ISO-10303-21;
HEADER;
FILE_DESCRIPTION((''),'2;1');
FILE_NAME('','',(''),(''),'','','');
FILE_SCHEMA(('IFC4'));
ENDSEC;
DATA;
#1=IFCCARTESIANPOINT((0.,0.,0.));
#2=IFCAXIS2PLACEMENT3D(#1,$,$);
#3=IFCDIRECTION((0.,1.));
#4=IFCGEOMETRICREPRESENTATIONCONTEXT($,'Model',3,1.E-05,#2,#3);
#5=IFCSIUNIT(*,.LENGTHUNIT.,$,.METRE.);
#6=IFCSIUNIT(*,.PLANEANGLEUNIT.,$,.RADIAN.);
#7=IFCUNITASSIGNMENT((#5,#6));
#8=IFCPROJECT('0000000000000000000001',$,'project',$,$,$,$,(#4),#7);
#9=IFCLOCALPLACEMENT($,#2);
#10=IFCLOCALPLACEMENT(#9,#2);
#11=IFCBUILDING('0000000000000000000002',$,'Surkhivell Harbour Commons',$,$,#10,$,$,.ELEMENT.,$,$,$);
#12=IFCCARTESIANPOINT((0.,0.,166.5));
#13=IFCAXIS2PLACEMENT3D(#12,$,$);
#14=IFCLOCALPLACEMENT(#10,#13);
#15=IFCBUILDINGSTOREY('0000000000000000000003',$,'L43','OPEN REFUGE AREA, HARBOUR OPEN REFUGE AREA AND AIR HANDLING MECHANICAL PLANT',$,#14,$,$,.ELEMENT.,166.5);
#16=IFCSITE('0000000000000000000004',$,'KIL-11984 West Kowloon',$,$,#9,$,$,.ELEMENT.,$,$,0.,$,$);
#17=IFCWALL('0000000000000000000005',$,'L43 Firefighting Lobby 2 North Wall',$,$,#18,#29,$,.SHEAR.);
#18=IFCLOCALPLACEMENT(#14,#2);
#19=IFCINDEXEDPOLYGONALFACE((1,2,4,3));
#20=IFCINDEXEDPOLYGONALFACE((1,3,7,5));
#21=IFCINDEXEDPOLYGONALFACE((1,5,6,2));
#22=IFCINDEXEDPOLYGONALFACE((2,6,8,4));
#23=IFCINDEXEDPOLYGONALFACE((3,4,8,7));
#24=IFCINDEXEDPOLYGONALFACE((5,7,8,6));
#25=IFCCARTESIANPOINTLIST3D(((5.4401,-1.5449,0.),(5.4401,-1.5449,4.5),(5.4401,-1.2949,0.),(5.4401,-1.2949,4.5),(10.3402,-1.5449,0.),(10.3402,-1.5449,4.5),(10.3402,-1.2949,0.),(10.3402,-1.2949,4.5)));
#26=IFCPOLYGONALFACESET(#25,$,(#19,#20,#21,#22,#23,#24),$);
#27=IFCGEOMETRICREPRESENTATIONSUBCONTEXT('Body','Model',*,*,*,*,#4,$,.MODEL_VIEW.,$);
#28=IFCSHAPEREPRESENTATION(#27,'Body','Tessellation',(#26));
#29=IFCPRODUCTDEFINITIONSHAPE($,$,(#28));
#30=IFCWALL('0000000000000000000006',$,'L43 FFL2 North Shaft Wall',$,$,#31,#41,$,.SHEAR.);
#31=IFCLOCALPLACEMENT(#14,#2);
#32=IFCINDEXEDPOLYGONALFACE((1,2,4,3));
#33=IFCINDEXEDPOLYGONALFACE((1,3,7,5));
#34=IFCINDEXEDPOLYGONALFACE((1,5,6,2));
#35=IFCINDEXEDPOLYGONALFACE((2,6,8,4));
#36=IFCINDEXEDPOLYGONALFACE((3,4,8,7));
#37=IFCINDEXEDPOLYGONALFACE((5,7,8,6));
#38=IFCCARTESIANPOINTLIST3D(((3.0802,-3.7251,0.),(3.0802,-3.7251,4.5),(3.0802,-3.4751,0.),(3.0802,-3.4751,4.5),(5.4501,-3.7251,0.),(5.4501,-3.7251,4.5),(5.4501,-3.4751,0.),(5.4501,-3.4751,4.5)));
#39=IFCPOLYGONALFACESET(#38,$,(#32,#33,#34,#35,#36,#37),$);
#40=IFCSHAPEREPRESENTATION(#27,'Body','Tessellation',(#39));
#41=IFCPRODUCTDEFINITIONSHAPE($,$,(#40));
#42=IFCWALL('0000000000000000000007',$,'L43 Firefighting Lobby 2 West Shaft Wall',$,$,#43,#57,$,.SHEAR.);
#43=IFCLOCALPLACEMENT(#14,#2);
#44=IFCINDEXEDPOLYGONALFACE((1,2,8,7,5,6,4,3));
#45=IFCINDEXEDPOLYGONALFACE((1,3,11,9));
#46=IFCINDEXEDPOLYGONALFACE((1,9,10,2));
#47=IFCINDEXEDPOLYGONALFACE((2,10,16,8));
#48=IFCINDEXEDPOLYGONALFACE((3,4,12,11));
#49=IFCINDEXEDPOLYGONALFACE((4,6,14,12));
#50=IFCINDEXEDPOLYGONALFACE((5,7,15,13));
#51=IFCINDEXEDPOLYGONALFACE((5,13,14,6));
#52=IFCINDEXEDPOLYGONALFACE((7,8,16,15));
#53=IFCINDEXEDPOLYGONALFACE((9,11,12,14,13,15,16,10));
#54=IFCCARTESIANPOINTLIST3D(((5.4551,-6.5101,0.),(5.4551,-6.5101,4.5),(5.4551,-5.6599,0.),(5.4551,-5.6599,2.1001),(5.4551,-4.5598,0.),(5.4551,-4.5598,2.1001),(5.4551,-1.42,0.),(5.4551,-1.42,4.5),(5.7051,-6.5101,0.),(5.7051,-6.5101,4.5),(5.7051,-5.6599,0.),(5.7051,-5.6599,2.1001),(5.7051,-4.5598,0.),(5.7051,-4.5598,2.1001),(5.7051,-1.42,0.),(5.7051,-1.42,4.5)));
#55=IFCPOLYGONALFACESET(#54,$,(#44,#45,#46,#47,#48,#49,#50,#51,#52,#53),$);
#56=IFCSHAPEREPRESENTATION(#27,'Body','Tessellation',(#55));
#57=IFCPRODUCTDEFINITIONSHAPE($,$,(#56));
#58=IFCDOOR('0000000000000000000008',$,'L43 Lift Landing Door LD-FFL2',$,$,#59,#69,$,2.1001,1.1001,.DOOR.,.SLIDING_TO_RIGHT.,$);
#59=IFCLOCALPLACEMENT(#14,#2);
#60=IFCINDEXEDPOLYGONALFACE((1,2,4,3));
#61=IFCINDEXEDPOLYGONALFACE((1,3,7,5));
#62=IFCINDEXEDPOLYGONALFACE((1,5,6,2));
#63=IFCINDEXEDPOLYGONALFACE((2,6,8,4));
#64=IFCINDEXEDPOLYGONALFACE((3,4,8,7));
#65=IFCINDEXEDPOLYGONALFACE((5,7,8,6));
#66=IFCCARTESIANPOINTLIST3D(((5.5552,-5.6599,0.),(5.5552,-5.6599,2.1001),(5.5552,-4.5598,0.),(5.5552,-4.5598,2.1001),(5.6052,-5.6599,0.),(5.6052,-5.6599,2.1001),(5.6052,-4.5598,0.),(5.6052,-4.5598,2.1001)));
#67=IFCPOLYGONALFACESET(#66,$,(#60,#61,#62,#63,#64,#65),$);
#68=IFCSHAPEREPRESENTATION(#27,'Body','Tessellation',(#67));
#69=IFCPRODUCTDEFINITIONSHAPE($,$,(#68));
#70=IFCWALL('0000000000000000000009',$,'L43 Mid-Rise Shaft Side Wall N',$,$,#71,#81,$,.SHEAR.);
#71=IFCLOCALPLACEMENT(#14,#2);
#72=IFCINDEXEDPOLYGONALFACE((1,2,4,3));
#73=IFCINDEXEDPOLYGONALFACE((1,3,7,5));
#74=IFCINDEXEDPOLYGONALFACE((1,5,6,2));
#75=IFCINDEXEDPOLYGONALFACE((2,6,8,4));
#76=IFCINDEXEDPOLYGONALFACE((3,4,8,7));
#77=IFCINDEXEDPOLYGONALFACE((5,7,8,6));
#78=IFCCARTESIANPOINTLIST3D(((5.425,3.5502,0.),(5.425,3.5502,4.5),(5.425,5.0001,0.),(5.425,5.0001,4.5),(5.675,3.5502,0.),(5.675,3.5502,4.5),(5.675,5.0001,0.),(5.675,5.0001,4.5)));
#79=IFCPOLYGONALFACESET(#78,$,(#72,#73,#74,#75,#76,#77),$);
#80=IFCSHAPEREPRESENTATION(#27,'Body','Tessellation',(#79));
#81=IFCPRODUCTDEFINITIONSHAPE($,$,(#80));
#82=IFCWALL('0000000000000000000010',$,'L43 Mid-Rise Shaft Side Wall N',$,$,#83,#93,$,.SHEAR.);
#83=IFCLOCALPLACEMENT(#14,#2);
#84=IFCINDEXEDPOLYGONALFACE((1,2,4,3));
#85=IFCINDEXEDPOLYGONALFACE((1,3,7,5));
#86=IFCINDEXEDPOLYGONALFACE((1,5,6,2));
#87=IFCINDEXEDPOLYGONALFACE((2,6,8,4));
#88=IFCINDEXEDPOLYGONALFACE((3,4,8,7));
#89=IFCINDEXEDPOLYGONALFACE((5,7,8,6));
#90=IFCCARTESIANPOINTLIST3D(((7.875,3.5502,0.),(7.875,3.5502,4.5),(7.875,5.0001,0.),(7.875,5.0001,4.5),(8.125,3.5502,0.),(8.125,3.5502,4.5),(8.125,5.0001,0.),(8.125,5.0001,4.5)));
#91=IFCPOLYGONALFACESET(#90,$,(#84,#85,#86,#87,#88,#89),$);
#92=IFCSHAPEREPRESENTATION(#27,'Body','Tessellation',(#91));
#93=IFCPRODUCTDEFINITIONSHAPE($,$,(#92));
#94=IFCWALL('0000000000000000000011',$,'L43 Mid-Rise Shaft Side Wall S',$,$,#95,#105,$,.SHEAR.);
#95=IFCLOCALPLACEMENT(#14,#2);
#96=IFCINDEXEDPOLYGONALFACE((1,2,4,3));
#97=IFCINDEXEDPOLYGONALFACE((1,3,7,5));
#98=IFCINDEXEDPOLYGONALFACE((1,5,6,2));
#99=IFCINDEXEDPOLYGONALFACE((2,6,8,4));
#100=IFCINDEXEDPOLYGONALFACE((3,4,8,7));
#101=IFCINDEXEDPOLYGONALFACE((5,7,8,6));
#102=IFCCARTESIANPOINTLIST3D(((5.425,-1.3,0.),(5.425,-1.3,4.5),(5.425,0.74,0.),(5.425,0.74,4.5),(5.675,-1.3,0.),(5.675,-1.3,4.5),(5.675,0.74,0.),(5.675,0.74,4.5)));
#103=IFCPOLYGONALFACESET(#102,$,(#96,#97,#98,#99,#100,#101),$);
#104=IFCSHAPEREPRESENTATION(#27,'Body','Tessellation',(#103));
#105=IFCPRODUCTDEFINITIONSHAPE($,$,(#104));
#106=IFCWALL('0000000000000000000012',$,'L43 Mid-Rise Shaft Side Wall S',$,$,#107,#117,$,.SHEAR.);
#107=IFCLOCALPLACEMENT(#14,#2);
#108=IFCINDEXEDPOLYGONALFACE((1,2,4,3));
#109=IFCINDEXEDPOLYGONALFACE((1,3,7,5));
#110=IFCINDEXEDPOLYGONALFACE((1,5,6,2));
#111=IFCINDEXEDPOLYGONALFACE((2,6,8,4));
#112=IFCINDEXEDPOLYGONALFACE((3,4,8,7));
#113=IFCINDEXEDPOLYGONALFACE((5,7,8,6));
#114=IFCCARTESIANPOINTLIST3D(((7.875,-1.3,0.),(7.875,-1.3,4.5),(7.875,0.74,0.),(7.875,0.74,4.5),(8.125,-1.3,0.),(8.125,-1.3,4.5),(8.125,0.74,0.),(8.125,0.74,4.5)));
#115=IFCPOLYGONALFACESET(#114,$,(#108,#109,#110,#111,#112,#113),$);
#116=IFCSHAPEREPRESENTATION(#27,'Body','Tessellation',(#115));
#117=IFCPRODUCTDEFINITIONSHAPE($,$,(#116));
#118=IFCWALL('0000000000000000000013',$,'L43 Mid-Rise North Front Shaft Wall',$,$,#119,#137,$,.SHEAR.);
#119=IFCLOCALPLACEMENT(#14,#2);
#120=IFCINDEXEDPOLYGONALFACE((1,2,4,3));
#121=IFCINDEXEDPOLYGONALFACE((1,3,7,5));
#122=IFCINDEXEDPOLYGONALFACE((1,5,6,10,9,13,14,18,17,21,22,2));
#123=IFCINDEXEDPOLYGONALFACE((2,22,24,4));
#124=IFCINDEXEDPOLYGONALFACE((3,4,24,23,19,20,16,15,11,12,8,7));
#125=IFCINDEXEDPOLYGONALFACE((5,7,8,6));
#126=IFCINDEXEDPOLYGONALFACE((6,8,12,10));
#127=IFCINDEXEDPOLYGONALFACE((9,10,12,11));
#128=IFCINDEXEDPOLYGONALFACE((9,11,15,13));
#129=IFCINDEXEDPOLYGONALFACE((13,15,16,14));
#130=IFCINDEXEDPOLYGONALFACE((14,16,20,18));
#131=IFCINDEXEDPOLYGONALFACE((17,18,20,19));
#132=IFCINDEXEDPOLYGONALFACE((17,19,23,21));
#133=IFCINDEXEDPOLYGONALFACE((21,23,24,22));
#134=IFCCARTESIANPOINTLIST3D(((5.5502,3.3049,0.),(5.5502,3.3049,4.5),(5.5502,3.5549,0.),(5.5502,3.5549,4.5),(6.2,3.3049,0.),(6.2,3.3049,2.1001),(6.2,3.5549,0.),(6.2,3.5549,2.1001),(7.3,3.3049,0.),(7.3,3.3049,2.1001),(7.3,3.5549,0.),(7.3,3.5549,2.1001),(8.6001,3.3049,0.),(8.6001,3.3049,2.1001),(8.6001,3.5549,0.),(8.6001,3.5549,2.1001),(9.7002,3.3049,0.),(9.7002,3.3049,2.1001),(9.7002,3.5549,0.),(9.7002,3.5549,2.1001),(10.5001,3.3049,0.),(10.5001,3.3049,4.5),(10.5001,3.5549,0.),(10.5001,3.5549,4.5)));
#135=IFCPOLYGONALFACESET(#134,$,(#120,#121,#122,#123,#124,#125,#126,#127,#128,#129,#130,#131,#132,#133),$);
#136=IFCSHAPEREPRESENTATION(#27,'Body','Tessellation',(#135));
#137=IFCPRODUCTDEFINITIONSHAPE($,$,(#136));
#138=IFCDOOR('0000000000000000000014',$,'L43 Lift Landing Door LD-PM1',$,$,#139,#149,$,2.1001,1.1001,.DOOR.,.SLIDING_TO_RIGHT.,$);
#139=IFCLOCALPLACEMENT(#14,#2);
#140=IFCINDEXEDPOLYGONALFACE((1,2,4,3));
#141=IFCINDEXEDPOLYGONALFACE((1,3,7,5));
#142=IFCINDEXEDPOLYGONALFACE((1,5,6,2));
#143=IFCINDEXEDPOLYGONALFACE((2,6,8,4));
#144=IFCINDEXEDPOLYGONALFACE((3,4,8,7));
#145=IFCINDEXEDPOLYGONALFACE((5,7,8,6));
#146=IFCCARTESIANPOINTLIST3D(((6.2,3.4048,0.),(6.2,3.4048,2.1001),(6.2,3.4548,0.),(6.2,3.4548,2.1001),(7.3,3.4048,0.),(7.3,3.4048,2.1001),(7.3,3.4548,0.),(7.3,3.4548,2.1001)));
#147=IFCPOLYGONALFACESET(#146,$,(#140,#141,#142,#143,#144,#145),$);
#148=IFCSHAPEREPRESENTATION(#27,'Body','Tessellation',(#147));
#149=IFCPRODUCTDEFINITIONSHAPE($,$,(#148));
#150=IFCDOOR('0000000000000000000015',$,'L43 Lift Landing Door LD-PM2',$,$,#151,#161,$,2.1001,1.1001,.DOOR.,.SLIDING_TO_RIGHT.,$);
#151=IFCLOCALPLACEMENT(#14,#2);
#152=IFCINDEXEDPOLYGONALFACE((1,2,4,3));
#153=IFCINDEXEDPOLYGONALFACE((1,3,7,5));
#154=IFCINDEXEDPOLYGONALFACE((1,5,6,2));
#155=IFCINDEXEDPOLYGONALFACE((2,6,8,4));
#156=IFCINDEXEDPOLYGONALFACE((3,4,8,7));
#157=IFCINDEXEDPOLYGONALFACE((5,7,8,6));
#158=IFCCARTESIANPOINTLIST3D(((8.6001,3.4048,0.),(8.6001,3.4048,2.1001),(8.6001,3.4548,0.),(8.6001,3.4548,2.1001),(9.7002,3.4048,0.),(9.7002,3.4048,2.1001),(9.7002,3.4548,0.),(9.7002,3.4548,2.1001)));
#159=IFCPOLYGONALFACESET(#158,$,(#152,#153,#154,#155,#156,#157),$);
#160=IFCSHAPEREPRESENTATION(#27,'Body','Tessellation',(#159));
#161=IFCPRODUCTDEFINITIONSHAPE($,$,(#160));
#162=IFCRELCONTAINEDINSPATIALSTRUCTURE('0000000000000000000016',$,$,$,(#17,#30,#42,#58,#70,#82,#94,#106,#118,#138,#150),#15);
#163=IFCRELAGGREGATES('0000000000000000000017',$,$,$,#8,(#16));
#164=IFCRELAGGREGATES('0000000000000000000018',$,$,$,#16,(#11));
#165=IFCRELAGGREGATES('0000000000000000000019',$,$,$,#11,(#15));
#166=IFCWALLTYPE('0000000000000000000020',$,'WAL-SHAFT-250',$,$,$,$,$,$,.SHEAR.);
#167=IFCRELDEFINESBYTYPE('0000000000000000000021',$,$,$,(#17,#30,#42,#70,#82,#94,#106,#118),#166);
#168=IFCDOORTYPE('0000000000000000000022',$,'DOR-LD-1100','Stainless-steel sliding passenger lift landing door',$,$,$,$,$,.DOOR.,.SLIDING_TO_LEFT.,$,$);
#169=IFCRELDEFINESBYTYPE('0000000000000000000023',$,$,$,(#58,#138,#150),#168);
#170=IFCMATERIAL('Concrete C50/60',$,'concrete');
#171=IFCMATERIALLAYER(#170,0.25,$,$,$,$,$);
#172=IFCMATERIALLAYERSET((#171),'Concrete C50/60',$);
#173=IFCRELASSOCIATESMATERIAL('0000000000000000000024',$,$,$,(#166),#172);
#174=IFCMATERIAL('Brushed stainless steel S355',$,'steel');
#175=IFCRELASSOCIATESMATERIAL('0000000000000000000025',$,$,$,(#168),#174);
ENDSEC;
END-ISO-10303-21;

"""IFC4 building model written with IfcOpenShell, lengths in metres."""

from ifc_helpers import new_model, si_unit, direction, frame, frame_2d, origin, place, context, subcontext, project, spatial, rectangle, extrude, material, layer, layer_set, type_object, element, fill, save


model = new_model("IFC4")

# Units and contexts
model_context = context("Model", 3, precision=1e-05, world=origin(), true_north=direction((0.0, 1.0)))
body_context = subcontext(model_context, "Body", "Model", "MODEL_VIEW")
ifc_project = project(units=[si_unit("LENGTHUNIT", "METRE"), si_unit("PLANEANGLEUNIT", "RADIAN")], contexts=[model_context])

# Site, building, storey
site_placement = place(None, origin())
site = spatial("IfcSite", under=ifc_project, at=site_placement, Name="KIL-11984 West Kowloon", CompositionType="ELEMENT", RefElevation=0.0)
building_placement = place(site_placement, origin())
building = spatial("IfcBuilding", under=site, at=building_placement, Name="Surkhivell Harbour Commons", CompositionType="ELEMENT")
storey_placement = place(building_placement, frame((0.0, 0.0, 166.5)))
storey = spatial("IfcBuildingStorey", under=building, at=storey_placement, Name="L43", Description="OPEN REFUGE AREA, HARBOUR OPEN REFUGE AREA AND AIR HANDLING MECHANICAL PLANT", CompositionType="ELEMENT", Elevation=166.5)

# Walls
ifc_material_1 = material(Name="Concrete C50/60", Category="concrete")
ifc_layer_1 = layer(ifc_material_1, 0.25)
ifc_layer_set_1 = layer_set([ifc_layer_1], Name="Concrete C50/60")
wall_type_1 = type_object("IfcWallType", Name="WAL-SHAFT-250", PredefinedType="SHEAR", material=ifc_layer_set_1)
wall_1_placement = place(storey_placement, frame((5.4399, -1.4199, 0.0), z_axis=(0.0, 0.0, 1.0), x_axis=(1.0, 0.0, 0.0)))
element("IfcWall", 1, at=wall_1_placement, inside=storey, type_object=wall_type_1, Name="L43 Firefighting Lobby 2 North Wall", PredefinedType="SHEAR", context=body_context, shape_type="SweptSolid", body=[
    extrude(rectangle(XDim=4.9001, YDim=0.25, at=frame_2d((2.4502, 0.0))), origin(), (0.0, 0.0, 1.0), 4.5),
])
wall_2_placement = place(storey_placement, frame((3.0801, -3.6001, 0.0), z_axis=(0.0, 0.0, 1.0), x_axis=(1.0, 0.0, 0.0)))
element("IfcWall", 2, at=wall_2_placement, inside=storey, type_object=wall_type_1, Name="L43 FFL2 North Shaft Wall", PredefinedType="SHEAR", context=body_context, shape_type="SweptSolid", body=[
    extrude(rectangle(XDim=2.3699, YDim=0.25, at=frame_2d((1.1851, 0.0))), origin(), (0.0, 0.0, 1.0), 4.5),
])

# Wall, opening, door
wall_3_placement = place(storey_placement, frame((5.5801, -6.51, 0.0), z_axis=(0.0, 0.0, 1.0), x_axis=(0.0, 1.0, 0.0)))
wall_3 = element("IfcWall", 3, at=wall_3_placement, inside=storey, type_object=wall_type_1, Name="L43 Firefighting Lobby 2 West Shaft Wall", PredefinedType="SHEAR", context=body_context, shape_type="SweptSolid", body=[
    extrude(rectangle(XDim=5.0901, YDim=0.25, at=frame_2d((2.5449, 0.0))), origin(), (0.0, 0.0, 1.0), 4.5),
])
opening_1_placement = place(wall_3_placement, frame((0.8501, 0.0, 0.0)))
opening_1 = element("IfcOpeningElement", 4, at=opening_1_placement, cuts=wall_3, PredefinedType="OPENING", context=body_context, shape_type="SweptSolid", body=[
    extrude(rectangle(XDim=1.1001, YDim=2.1001, at=frame_2d((0.55, 1.05))), frame((0.0, 0.135, 0.0), z_axis=(0.0, -1.0, 0.0), x_axis=(1.0, 0.0, 0.0)), (0.0, 0.0, 1.0), 0.27),
])
ifc_material_2 = material(Name="Brushed stainless steel S355", Category="steel")
door_type_1 = type_object("IfcDoorType", Name="DOR-LD-1100", Description="Stainless-steel sliding passenger lift landing door", OperationType="SLIDING_TO_LEFT", PredefinedType="DOOR", material=ifc_material_2)
door_1_placement = place(opening_1_placement, origin())
door_1 = element("IfcDoor", 5, at=door_1_placement, inside=storey, type_object=door_type_1, Name="L43 Lift Landing Door LD-FFL2", OperationType="SLIDING_TO_RIGHT", OverallHeight=2.1001, OverallWidth=1.1001, PredefinedType="DOOR", context=body_context, shape_type="SweptSolid", body=[
    extrude(rectangle(XDim=1.1001, YDim=2.1001, at=frame_2d((0.55, 1.05))), frame((0.0, 0.0249, 0.0), z_axis=(0.0, -1.0, 0.0), x_axis=(1.0, 0.0, 0.0)), (0.0, 0.0, 1.0), 0.05),
])
fill(opening_1, door_1)

# Walls
for number, where, z_axis, x_axis, name in (
    (6, (5.55, 3.55, 0.0), (0.0, 0.0, 1.0), (0.0, 1.0, 0.0), "L43 Mid-Rise Shaft Side Wall N"),
    (7, (8.0, 3.55, 0.0), (0.0, 0.0, 1.0), (0.0, 1.0, 0.0), "L43 Mid-Rise Shaft Side Wall N"),
):
    element("IfcWall", number, at=place(storey_placement, frame(where, z_axis=z_axis, x_axis=x_axis)), inside=storey, type_object=wall_type_1, Name=name, PredefinedType="SHEAR", context=body_context, shape_type="SweptSolid", body=[
        extrude(rectangle(XDim=1.45, YDim=0.25, at=frame_2d((0.7251, 0.0))), origin(), (0.0, 0.0, 1.0), 4.5),
    ])
for number, where, z_axis, x_axis, name in (
    (8, (5.55, -1.3, 0.0), (0.0, 0.0, 1.0), (0.0, 1.0, 0.0), "L43 Mid-Rise Shaft Side Wall S"),
    (9, (8.0, -1.3, 0.0), (0.0, 0.0, 1.0), (0.0, 1.0, 0.0), "L43 Mid-Rise Shaft Side Wall S"),
):
    element("IfcWall", number, at=place(storey_placement, frame(where, z_axis=z_axis, x_axis=x_axis)), inside=storey, type_object=wall_type_1, Name=name, PredefinedType="SHEAR", context=body_context, shape_type="SweptSolid", body=[
        extrude(rectangle(XDim=2.04, YDim=0.25, at=frame_2d((1.02, 0.0))), origin(), (0.0, 0.0, 1.0), 4.5),
    ])

# Wall, openings, doors
wall_4_placement = place(storey_placement, frame((5.55, 3.4299, 0.0), z_axis=(0.0, 0.0, 1.0), x_axis=(1.0, 0.0, 0.0)))
wall_4 = element("IfcWall", 10, at=wall_4_placement, inside=storey, type_object=wall_type_1, Name="L43 Mid-Rise North Front Shaft Wall", PredefinedType="SHEAR", context=body_context, shape_type="SweptSolid", body=[
    extrude(rectangle(XDim=4.95, YDim=0.25, at=frame_2d((2.4751, 0.0))), origin(), (0.0, 0.0, 1.0), 4.5),
])
opening_2_placement = place(wall_4_placement, frame((0.6499, 0.0, 0.0)))
opening_2 = element("IfcOpeningElement", 11, at=opening_2_placement, cuts=wall_4, PredefinedType="OPENING", context=body_context, shape_type="SweptSolid", body=[
    extrude(rectangle(XDim=1.1001, YDim=2.1001, at=frame_2d((0.55, 1.05))), frame((0.0, 0.135, 0.0), z_axis=(0.0, -1.0, 0.0), x_axis=(1.0, 0.0, 0.0)), (0.0, 0.0, 1.0), 0.27),
])
opening_3_placement = place(wall_4_placement, frame((3.05, 0.0, 0.0)))
opening_3 = element("IfcOpeningElement", 12, at=opening_3_placement, cuts=wall_4, PredefinedType="OPENING", context=body_context, shape_type="SweptSolid", body=[
    extrude(rectangle(XDim=1.1001, YDim=2.1001, at=frame_2d((0.55, 1.05))), frame((0.0, 0.135, 0.0), z_axis=(0.0, -1.0, 0.0), x_axis=(1.0, 0.0, 0.0)), (0.0, 0.0, 1.0), 0.27),
])
door_2_placement = place(opening_2_placement, origin())
door_2 = element("IfcDoor", 13, at=door_2_placement, inside=storey, type_object=door_type_1, Name="L43 Lift Landing Door LD-PM1", OperationType="SLIDING_TO_RIGHT", OverallHeight=2.1001, OverallWidth=1.1001, PredefinedType="DOOR", context=body_context, shape_type="SweptSolid", body=[
    extrude(rectangle(XDim=1.1001, YDim=2.1001, at=frame_2d((0.55, 1.05))), frame((0.0, 0.0249, 0.0), z_axis=(0.0, -1.0, 0.0), x_axis=(1.0, 0.0, 0.0)), (0.0, 0.0, 1.0), 0.05),
])
fill(opening_2, door_2)
door_3_placement = place(opening_3_placement, origin())
door_3 = element("IfcDoor", 14, at=door_3_placement, inside=storey, type_object=door_type_1, Name="L43 Lift Landing Door LD-PM2", OperationType="SLIDING_TO_RIGHT", OverallHeight=2.1001, OverallWidth=1.1001, PredefinedType="DOOR", context=body_context, shape_type="SweptSolid", body=[
    extrude(rectangle(XDim=1.1001, YDim=2.1001, at=frame_2d((0.55, 1.05))), frame((0.0, 0.0249, 0.0), z_axis=(0.0, -1.0, 0.0), x_axis=(1.0, 0.0, 0.0)), (0.0, 0.0, 1.0), 0.05),
])
fill(opening_3, door_3)

save(model, "model.ifc")
